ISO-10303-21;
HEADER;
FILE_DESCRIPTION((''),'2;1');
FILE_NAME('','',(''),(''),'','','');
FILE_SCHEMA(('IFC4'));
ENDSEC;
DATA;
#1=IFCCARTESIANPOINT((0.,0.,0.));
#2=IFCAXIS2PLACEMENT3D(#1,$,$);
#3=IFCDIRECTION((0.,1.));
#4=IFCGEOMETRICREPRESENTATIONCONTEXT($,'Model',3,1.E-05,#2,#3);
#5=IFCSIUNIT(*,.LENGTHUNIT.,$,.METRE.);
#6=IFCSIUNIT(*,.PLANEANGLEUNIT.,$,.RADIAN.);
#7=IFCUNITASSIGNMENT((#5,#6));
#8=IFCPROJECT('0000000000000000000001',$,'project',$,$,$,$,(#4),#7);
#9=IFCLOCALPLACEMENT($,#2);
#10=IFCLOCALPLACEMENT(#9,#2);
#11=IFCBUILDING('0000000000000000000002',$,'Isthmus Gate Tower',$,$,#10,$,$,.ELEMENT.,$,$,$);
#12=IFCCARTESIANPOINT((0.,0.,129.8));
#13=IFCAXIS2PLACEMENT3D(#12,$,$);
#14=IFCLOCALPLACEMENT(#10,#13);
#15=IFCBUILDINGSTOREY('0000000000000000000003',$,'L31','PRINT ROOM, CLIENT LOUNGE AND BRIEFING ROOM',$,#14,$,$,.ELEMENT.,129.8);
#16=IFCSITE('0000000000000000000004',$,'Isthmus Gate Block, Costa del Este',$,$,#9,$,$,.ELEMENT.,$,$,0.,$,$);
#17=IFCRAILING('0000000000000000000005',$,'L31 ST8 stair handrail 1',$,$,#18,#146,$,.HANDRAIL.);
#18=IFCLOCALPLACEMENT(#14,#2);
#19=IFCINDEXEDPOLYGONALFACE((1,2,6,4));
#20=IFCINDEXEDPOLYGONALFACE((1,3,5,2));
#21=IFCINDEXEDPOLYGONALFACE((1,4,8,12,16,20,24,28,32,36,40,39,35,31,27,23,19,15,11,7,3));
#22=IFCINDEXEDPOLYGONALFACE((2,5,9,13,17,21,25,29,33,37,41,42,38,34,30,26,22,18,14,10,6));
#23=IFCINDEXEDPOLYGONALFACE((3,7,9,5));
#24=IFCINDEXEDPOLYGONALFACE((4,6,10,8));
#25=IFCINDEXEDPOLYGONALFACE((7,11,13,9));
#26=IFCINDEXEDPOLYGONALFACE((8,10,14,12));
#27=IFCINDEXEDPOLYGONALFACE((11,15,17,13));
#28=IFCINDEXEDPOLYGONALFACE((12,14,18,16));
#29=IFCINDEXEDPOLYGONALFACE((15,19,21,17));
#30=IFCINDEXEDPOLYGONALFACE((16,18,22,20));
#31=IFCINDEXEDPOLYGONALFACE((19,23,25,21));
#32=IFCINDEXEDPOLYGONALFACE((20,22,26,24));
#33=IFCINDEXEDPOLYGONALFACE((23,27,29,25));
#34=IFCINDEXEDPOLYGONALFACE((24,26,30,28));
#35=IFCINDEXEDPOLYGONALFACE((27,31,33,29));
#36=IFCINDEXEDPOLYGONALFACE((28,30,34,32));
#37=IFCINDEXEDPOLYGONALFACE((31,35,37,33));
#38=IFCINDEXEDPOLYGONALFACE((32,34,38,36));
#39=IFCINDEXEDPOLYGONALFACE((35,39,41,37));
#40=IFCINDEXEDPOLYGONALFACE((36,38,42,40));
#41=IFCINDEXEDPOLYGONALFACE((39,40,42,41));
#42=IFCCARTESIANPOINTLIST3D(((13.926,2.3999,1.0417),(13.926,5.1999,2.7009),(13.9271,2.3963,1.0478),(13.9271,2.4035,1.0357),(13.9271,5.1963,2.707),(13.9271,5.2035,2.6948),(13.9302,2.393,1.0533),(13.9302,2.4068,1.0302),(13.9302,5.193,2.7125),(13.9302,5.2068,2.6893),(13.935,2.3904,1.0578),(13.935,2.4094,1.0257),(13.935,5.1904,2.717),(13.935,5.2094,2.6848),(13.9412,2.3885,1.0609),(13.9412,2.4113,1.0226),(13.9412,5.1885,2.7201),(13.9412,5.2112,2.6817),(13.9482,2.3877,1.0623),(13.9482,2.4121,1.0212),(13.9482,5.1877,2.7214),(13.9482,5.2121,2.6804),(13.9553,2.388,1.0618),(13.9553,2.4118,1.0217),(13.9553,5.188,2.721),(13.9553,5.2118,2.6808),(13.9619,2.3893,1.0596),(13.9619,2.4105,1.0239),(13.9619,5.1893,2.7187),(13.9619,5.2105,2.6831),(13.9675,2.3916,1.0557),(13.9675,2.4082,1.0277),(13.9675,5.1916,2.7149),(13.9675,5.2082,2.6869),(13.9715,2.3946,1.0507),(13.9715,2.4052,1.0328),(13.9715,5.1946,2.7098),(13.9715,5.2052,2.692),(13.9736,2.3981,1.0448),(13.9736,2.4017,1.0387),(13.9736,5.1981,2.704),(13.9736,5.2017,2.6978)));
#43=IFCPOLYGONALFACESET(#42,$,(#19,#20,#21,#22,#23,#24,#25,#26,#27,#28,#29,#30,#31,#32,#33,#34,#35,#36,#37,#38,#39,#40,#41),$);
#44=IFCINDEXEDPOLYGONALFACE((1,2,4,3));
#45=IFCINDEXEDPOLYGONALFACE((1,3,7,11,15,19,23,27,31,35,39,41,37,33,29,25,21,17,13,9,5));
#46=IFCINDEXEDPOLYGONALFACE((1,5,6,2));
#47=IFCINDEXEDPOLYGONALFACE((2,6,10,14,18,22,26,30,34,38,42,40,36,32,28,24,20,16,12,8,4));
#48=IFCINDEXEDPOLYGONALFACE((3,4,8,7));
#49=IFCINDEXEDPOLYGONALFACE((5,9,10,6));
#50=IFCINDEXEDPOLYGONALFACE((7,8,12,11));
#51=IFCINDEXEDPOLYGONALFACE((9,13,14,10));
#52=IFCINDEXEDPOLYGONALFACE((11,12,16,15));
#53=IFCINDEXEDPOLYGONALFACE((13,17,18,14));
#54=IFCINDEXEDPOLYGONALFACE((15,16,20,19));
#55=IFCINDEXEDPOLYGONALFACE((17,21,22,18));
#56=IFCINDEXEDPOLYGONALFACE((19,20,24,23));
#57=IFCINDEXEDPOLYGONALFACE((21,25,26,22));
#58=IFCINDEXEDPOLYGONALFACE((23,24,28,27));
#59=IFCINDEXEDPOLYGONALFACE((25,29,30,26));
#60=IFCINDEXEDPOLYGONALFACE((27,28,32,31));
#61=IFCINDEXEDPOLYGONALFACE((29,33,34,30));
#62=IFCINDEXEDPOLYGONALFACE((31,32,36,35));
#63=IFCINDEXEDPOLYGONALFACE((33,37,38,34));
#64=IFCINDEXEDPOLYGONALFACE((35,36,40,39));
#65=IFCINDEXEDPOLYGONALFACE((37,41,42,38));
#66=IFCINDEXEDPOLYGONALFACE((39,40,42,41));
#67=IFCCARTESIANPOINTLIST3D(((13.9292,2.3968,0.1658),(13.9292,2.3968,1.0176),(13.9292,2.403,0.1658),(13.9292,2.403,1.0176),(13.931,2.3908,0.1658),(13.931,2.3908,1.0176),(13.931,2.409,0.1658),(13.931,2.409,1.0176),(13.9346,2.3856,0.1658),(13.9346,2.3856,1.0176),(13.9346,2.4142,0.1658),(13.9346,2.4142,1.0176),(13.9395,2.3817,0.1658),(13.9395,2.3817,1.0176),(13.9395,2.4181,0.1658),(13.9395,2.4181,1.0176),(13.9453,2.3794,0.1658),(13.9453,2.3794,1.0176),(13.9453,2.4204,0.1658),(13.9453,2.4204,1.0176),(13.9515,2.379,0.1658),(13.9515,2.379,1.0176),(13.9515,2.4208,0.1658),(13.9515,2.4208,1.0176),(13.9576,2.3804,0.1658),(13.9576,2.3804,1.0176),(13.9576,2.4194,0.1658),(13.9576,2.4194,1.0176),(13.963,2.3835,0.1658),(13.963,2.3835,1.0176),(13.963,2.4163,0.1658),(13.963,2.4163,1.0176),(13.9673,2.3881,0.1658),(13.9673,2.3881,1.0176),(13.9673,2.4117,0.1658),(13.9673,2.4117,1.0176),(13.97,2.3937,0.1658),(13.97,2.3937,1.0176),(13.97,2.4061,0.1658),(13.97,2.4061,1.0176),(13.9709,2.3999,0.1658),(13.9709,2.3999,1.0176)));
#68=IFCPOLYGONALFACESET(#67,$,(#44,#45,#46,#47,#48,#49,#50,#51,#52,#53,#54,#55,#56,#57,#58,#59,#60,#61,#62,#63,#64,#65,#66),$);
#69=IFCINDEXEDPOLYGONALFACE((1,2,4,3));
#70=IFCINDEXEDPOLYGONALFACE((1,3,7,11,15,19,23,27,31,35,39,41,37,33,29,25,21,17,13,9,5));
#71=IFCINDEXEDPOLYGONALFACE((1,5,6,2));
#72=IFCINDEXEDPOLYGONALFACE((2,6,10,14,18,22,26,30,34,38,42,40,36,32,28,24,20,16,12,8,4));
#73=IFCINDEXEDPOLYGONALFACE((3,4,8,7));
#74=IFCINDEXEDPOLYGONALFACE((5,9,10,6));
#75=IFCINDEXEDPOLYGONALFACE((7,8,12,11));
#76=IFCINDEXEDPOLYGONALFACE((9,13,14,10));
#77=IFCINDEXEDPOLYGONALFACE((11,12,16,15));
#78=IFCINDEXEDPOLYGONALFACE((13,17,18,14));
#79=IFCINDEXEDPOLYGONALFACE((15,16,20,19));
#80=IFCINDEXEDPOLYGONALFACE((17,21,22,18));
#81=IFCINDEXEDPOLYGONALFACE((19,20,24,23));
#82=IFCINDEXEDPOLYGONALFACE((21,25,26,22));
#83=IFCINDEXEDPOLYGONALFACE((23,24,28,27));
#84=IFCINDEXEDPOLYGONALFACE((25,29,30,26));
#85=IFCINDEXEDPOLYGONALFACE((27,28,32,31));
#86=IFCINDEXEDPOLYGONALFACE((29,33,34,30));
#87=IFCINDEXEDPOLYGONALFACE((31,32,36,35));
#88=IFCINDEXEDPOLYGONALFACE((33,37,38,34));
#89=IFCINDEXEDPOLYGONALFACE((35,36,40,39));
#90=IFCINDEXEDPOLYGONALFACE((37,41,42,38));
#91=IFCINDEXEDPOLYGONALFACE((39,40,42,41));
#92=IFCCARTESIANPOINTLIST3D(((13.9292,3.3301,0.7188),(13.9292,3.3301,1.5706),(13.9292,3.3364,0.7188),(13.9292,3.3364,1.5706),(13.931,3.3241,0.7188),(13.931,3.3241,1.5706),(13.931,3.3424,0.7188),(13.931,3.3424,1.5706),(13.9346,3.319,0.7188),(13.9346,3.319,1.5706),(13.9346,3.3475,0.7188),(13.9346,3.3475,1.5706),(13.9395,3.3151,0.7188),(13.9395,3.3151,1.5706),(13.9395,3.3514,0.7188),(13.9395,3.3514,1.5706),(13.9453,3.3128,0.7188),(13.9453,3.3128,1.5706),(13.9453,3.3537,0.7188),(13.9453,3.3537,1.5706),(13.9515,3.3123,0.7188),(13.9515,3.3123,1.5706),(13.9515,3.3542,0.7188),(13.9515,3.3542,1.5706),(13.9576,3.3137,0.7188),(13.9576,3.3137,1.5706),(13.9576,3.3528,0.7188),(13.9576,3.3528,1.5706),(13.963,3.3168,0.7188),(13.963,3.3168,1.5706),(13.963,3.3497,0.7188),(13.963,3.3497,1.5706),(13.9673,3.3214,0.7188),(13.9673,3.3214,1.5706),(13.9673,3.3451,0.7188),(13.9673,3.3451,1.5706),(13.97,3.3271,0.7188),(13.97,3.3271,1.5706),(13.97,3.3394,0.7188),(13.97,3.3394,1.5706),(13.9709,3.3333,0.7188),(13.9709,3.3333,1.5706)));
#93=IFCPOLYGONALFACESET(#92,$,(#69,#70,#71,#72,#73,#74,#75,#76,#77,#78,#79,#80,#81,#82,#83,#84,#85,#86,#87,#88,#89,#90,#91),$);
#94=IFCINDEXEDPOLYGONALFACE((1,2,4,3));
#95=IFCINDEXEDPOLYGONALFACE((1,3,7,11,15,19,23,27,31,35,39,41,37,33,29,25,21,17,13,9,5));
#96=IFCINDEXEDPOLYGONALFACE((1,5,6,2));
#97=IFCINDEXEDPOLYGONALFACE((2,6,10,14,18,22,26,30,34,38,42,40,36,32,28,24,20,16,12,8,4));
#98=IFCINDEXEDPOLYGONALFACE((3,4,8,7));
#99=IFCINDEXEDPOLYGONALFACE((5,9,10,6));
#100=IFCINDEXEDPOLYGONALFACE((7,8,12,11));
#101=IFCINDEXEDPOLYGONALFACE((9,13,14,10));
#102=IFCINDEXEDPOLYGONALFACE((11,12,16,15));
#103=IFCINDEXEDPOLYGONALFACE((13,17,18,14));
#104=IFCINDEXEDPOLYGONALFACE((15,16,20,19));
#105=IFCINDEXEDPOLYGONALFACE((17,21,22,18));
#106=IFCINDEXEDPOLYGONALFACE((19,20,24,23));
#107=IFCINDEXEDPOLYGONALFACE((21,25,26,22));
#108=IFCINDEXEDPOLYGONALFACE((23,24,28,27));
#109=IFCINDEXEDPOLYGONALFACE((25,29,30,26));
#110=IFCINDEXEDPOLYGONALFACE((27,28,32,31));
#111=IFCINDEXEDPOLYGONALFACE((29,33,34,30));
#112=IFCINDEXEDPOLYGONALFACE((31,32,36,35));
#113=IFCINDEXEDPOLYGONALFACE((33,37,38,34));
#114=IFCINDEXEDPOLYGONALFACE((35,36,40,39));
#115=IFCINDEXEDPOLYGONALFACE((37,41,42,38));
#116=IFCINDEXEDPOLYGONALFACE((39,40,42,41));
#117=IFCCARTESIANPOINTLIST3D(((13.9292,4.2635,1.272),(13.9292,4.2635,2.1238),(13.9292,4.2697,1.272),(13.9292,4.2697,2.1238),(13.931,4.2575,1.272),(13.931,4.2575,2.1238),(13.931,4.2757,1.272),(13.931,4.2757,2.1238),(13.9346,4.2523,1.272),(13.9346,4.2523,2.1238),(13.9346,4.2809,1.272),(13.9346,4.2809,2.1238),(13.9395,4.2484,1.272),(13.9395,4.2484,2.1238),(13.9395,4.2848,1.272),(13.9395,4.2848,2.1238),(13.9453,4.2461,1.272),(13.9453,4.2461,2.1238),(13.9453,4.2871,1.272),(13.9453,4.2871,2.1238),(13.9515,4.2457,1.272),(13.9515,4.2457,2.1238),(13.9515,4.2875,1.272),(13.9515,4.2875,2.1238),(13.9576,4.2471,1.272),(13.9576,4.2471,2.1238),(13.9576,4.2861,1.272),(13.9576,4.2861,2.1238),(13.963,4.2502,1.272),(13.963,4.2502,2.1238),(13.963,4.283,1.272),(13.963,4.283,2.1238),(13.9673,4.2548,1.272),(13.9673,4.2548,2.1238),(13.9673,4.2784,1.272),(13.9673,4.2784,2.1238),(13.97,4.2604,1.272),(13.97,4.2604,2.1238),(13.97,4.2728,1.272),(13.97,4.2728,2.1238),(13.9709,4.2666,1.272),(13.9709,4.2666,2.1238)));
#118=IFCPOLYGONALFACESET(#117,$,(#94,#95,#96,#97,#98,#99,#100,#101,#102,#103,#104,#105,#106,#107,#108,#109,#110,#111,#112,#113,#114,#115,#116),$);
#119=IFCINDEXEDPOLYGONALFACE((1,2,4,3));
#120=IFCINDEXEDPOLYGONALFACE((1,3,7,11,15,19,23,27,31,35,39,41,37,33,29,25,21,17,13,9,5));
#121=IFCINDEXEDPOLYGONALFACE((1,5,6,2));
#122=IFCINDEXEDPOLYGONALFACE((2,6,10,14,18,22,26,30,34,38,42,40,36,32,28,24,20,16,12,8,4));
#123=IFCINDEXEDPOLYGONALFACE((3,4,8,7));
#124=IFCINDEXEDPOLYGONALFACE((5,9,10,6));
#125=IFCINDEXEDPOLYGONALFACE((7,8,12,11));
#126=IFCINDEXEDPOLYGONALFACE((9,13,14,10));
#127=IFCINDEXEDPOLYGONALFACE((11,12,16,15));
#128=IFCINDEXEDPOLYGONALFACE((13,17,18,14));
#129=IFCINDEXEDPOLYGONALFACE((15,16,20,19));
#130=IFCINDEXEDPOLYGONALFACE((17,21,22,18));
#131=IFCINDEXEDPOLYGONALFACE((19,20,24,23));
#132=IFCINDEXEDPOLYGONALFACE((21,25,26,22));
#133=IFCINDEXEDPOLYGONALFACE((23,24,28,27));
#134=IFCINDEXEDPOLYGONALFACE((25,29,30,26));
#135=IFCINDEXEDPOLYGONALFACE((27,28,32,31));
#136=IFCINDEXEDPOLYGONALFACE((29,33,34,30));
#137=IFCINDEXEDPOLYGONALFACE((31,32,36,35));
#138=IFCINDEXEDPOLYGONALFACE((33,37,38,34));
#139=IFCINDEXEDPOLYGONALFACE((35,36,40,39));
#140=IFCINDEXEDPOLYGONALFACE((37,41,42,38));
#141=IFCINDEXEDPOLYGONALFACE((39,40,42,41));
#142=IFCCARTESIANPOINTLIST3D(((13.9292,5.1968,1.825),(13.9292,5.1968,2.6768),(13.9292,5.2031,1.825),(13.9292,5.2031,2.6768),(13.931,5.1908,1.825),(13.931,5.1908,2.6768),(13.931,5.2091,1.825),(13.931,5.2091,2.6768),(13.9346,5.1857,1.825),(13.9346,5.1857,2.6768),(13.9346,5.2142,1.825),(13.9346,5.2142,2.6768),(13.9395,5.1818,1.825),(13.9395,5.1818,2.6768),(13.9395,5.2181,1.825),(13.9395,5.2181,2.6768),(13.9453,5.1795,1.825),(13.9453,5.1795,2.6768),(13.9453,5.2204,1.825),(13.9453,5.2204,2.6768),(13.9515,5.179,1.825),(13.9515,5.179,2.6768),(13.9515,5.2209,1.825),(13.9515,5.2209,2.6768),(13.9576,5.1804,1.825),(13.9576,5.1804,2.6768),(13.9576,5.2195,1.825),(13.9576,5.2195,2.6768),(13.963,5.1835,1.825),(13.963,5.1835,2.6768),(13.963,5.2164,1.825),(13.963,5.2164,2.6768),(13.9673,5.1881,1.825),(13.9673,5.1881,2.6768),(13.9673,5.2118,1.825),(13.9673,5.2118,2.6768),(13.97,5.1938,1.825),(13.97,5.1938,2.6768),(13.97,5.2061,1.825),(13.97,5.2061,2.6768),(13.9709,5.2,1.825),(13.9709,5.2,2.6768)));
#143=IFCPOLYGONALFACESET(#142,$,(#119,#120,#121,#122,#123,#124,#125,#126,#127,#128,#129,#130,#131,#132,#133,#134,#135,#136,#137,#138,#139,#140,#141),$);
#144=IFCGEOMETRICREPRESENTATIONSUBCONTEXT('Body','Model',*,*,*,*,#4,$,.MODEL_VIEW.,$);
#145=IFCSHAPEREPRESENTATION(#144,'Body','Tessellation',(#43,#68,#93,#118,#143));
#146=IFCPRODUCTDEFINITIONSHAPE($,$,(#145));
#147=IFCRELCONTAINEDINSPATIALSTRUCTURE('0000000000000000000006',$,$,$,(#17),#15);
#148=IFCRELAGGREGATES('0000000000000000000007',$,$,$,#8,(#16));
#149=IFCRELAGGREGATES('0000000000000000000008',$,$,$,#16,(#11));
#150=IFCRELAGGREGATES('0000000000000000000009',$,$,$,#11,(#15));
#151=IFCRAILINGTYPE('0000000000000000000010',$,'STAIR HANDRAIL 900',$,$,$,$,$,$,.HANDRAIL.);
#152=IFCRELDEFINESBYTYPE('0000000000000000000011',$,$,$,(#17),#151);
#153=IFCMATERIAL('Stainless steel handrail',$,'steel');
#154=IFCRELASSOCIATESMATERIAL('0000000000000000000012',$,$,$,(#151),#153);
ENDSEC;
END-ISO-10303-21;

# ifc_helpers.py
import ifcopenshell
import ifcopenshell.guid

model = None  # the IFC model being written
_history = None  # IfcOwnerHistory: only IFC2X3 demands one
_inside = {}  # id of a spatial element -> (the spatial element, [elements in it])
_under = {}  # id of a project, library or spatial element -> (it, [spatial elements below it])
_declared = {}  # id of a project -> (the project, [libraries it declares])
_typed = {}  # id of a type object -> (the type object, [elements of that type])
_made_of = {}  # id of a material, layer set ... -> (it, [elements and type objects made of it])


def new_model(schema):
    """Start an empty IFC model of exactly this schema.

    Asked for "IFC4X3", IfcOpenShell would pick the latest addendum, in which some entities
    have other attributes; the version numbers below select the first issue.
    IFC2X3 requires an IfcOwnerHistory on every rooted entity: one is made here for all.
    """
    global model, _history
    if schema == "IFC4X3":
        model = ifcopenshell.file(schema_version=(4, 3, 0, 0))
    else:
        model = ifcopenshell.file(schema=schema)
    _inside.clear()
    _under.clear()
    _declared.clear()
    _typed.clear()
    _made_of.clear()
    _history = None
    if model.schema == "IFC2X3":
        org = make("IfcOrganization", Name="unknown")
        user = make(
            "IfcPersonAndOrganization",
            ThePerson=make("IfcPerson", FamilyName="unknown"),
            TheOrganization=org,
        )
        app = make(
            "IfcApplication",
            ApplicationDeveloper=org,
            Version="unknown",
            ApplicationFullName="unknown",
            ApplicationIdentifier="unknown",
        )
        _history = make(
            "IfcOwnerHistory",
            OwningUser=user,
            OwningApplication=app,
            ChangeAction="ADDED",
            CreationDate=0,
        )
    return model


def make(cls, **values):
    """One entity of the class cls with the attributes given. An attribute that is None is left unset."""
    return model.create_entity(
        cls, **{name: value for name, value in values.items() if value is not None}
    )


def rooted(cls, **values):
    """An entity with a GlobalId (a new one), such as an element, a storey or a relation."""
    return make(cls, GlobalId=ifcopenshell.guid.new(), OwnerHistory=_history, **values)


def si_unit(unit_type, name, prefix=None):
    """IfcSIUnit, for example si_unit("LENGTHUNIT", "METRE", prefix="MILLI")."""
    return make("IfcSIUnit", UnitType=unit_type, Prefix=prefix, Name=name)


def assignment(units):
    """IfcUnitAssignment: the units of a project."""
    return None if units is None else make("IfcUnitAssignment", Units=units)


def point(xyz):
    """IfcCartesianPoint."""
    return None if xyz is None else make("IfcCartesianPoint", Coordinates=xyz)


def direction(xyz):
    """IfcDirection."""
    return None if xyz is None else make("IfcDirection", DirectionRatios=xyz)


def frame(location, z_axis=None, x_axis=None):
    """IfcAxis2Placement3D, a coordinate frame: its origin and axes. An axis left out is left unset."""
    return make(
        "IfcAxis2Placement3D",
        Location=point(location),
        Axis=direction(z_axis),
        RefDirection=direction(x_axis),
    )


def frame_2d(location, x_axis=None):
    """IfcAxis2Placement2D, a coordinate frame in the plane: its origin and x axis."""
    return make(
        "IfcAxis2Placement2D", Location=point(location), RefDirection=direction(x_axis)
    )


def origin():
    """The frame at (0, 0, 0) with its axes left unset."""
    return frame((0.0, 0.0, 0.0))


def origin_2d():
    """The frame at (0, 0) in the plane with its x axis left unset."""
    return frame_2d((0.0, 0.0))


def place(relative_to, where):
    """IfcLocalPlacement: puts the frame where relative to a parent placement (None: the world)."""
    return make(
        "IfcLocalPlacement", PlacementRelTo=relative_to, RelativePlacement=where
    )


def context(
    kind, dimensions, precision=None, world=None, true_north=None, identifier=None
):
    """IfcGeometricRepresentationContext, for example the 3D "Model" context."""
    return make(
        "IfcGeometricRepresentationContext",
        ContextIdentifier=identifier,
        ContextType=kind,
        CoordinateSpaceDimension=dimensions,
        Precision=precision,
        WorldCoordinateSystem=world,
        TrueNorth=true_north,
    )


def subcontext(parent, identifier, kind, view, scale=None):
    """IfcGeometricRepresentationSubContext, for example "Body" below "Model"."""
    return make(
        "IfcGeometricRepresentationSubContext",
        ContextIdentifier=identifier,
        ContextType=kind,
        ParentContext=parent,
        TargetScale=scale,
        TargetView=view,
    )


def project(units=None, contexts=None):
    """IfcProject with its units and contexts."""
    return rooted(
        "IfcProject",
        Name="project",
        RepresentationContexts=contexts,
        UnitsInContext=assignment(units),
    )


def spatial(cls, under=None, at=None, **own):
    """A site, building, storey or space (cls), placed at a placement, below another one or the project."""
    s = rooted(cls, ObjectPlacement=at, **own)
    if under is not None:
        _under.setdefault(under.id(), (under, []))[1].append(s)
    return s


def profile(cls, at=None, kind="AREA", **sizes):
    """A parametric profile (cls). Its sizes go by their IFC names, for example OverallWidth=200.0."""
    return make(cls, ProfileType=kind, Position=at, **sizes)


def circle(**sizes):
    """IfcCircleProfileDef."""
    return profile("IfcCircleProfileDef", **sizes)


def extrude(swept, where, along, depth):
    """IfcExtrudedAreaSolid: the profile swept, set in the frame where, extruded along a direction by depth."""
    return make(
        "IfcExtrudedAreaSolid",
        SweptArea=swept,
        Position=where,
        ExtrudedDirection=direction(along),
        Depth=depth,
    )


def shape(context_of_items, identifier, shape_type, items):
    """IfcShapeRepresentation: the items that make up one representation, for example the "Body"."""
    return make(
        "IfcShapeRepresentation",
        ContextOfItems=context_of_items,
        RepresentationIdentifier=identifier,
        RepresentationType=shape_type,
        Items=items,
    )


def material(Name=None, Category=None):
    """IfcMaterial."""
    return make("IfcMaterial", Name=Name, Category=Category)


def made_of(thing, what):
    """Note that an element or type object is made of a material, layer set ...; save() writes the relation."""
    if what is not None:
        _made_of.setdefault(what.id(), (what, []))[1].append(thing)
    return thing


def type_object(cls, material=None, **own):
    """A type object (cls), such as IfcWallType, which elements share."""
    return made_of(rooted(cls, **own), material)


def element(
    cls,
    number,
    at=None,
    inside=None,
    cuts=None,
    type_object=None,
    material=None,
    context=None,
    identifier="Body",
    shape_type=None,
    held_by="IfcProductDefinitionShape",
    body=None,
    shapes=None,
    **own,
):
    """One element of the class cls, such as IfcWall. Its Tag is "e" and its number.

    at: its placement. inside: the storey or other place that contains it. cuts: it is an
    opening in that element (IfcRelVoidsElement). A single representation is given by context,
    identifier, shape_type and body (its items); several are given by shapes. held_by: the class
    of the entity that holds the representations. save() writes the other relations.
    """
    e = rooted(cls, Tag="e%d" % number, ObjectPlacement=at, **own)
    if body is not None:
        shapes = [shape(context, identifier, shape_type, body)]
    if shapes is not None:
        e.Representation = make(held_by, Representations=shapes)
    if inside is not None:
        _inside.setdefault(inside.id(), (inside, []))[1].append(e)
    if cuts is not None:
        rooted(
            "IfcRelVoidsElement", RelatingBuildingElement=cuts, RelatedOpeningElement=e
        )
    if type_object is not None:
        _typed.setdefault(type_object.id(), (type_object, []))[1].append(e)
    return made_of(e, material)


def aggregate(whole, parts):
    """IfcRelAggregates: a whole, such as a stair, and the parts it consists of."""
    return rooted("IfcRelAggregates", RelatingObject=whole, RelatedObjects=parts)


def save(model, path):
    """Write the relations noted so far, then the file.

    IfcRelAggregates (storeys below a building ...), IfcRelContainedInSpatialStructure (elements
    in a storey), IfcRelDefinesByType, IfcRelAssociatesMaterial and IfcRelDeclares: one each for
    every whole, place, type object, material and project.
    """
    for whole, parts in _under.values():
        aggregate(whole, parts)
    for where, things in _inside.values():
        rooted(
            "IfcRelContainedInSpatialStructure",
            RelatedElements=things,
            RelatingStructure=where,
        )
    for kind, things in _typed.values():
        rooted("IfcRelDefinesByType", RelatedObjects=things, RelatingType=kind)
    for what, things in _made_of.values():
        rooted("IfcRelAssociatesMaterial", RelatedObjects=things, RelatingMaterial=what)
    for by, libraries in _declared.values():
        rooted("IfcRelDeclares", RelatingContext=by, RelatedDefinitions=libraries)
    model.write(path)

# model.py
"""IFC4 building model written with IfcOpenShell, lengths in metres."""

from ifc_helpers import new_model, si_unit, direction, frame, origin, origin_2d, place, context, subcontext, project, spatial, circle, extrude, material, type_object, element, save


model = new_model("IFC4")

# Units and contexts
model_context = context("Model", 3, precision=1e-05, world=origin(), true_north=direction((0.0, 1.0)))
body_context = subcontext(model_context, "Body", "Model", "MODEL_VIEW")
ifc_project = project(units=[si_unit("LENGTHUNIT", "METRE"), si_unit("PLANEANGLEUNIT", "RADIAN")], contexts=[model_context])

# Site, building, storey
site_placement = place(None, origin())
site = spatial("IfcSite", under=ifc_project, at=site_placement, Name="Isthmus Gate Block, Costa del Este", CompositionType="ELEMENT", RefElevation=0.0)
building_placement = place(site_placement, origin())
building = spatial("IfcBuilding", under=site, at=building_placement, Name="Isthmus Gate Tower", CompositionType="ELEMENT")
storey_placement = place(building_placement, frame((0.0, 0.0, 129.8)))
storey = spatial("IfcBuildingStorey", under=building, at=storey_placement, Name="L31", Description="PRINT ROOM, CLIENT LOUNGE AND BRIEFING ROOM", CompositionType="ELEMENT", Elevation=129.8)

# Railing
ifc_material_1 = material(Name="Stainless steel handrail", Category="steel")
railing_type_1 = type_object("IfcRailingType", Name="STAIR HANDRAIL 900", PredefinedType="HANDRAIL", material=ifc_material_1)
railing_1_placement = place(storey_placement, frame((13.95, 2.3999, 0.1658)))
element("IfcRailing", 1, at=railing_1_placement, inside=storey, type_object=railing_type_1, Name="L31 ST8 stair handrail 1", PredefinedType="HANDRAIL", context=body_context, shape_type="SweptSolid", body=[
    extrude(circle(Radius=0.0239, at=origin_2d()), frame((0.0, 0.0, 0.876), z_axis=(0.0, 0.860306, 0.509778), x_axis=(-1.0, 0.0, 0.0)), (0.0, 0.0, 1.0), 3.2546),
    extrude(circle(Radius=0.021, at=origin_2d()), origin(), (0.0, 0.0, 1.0), 0.8518),
    extrude(circle(Radius=0.021, at=origin_2d()), frame((0.0, 0.9333, 0.553)), (0.0, 0.0, 1.0), 0.8518),
    extrude(circle(Radius=0.021, at=origin_2d()), frame((0.0, 1.8667, 1.1062)), (0.0, 0.0, 1.0), 0.8518),
    extrude(circle(Radius=0.021, at=origin_2d()), frame((0.0, 2.8, 1.6592)), (0.0, 0.0, 1.0), 0.8518),
])

save(model, "model.ifc")
